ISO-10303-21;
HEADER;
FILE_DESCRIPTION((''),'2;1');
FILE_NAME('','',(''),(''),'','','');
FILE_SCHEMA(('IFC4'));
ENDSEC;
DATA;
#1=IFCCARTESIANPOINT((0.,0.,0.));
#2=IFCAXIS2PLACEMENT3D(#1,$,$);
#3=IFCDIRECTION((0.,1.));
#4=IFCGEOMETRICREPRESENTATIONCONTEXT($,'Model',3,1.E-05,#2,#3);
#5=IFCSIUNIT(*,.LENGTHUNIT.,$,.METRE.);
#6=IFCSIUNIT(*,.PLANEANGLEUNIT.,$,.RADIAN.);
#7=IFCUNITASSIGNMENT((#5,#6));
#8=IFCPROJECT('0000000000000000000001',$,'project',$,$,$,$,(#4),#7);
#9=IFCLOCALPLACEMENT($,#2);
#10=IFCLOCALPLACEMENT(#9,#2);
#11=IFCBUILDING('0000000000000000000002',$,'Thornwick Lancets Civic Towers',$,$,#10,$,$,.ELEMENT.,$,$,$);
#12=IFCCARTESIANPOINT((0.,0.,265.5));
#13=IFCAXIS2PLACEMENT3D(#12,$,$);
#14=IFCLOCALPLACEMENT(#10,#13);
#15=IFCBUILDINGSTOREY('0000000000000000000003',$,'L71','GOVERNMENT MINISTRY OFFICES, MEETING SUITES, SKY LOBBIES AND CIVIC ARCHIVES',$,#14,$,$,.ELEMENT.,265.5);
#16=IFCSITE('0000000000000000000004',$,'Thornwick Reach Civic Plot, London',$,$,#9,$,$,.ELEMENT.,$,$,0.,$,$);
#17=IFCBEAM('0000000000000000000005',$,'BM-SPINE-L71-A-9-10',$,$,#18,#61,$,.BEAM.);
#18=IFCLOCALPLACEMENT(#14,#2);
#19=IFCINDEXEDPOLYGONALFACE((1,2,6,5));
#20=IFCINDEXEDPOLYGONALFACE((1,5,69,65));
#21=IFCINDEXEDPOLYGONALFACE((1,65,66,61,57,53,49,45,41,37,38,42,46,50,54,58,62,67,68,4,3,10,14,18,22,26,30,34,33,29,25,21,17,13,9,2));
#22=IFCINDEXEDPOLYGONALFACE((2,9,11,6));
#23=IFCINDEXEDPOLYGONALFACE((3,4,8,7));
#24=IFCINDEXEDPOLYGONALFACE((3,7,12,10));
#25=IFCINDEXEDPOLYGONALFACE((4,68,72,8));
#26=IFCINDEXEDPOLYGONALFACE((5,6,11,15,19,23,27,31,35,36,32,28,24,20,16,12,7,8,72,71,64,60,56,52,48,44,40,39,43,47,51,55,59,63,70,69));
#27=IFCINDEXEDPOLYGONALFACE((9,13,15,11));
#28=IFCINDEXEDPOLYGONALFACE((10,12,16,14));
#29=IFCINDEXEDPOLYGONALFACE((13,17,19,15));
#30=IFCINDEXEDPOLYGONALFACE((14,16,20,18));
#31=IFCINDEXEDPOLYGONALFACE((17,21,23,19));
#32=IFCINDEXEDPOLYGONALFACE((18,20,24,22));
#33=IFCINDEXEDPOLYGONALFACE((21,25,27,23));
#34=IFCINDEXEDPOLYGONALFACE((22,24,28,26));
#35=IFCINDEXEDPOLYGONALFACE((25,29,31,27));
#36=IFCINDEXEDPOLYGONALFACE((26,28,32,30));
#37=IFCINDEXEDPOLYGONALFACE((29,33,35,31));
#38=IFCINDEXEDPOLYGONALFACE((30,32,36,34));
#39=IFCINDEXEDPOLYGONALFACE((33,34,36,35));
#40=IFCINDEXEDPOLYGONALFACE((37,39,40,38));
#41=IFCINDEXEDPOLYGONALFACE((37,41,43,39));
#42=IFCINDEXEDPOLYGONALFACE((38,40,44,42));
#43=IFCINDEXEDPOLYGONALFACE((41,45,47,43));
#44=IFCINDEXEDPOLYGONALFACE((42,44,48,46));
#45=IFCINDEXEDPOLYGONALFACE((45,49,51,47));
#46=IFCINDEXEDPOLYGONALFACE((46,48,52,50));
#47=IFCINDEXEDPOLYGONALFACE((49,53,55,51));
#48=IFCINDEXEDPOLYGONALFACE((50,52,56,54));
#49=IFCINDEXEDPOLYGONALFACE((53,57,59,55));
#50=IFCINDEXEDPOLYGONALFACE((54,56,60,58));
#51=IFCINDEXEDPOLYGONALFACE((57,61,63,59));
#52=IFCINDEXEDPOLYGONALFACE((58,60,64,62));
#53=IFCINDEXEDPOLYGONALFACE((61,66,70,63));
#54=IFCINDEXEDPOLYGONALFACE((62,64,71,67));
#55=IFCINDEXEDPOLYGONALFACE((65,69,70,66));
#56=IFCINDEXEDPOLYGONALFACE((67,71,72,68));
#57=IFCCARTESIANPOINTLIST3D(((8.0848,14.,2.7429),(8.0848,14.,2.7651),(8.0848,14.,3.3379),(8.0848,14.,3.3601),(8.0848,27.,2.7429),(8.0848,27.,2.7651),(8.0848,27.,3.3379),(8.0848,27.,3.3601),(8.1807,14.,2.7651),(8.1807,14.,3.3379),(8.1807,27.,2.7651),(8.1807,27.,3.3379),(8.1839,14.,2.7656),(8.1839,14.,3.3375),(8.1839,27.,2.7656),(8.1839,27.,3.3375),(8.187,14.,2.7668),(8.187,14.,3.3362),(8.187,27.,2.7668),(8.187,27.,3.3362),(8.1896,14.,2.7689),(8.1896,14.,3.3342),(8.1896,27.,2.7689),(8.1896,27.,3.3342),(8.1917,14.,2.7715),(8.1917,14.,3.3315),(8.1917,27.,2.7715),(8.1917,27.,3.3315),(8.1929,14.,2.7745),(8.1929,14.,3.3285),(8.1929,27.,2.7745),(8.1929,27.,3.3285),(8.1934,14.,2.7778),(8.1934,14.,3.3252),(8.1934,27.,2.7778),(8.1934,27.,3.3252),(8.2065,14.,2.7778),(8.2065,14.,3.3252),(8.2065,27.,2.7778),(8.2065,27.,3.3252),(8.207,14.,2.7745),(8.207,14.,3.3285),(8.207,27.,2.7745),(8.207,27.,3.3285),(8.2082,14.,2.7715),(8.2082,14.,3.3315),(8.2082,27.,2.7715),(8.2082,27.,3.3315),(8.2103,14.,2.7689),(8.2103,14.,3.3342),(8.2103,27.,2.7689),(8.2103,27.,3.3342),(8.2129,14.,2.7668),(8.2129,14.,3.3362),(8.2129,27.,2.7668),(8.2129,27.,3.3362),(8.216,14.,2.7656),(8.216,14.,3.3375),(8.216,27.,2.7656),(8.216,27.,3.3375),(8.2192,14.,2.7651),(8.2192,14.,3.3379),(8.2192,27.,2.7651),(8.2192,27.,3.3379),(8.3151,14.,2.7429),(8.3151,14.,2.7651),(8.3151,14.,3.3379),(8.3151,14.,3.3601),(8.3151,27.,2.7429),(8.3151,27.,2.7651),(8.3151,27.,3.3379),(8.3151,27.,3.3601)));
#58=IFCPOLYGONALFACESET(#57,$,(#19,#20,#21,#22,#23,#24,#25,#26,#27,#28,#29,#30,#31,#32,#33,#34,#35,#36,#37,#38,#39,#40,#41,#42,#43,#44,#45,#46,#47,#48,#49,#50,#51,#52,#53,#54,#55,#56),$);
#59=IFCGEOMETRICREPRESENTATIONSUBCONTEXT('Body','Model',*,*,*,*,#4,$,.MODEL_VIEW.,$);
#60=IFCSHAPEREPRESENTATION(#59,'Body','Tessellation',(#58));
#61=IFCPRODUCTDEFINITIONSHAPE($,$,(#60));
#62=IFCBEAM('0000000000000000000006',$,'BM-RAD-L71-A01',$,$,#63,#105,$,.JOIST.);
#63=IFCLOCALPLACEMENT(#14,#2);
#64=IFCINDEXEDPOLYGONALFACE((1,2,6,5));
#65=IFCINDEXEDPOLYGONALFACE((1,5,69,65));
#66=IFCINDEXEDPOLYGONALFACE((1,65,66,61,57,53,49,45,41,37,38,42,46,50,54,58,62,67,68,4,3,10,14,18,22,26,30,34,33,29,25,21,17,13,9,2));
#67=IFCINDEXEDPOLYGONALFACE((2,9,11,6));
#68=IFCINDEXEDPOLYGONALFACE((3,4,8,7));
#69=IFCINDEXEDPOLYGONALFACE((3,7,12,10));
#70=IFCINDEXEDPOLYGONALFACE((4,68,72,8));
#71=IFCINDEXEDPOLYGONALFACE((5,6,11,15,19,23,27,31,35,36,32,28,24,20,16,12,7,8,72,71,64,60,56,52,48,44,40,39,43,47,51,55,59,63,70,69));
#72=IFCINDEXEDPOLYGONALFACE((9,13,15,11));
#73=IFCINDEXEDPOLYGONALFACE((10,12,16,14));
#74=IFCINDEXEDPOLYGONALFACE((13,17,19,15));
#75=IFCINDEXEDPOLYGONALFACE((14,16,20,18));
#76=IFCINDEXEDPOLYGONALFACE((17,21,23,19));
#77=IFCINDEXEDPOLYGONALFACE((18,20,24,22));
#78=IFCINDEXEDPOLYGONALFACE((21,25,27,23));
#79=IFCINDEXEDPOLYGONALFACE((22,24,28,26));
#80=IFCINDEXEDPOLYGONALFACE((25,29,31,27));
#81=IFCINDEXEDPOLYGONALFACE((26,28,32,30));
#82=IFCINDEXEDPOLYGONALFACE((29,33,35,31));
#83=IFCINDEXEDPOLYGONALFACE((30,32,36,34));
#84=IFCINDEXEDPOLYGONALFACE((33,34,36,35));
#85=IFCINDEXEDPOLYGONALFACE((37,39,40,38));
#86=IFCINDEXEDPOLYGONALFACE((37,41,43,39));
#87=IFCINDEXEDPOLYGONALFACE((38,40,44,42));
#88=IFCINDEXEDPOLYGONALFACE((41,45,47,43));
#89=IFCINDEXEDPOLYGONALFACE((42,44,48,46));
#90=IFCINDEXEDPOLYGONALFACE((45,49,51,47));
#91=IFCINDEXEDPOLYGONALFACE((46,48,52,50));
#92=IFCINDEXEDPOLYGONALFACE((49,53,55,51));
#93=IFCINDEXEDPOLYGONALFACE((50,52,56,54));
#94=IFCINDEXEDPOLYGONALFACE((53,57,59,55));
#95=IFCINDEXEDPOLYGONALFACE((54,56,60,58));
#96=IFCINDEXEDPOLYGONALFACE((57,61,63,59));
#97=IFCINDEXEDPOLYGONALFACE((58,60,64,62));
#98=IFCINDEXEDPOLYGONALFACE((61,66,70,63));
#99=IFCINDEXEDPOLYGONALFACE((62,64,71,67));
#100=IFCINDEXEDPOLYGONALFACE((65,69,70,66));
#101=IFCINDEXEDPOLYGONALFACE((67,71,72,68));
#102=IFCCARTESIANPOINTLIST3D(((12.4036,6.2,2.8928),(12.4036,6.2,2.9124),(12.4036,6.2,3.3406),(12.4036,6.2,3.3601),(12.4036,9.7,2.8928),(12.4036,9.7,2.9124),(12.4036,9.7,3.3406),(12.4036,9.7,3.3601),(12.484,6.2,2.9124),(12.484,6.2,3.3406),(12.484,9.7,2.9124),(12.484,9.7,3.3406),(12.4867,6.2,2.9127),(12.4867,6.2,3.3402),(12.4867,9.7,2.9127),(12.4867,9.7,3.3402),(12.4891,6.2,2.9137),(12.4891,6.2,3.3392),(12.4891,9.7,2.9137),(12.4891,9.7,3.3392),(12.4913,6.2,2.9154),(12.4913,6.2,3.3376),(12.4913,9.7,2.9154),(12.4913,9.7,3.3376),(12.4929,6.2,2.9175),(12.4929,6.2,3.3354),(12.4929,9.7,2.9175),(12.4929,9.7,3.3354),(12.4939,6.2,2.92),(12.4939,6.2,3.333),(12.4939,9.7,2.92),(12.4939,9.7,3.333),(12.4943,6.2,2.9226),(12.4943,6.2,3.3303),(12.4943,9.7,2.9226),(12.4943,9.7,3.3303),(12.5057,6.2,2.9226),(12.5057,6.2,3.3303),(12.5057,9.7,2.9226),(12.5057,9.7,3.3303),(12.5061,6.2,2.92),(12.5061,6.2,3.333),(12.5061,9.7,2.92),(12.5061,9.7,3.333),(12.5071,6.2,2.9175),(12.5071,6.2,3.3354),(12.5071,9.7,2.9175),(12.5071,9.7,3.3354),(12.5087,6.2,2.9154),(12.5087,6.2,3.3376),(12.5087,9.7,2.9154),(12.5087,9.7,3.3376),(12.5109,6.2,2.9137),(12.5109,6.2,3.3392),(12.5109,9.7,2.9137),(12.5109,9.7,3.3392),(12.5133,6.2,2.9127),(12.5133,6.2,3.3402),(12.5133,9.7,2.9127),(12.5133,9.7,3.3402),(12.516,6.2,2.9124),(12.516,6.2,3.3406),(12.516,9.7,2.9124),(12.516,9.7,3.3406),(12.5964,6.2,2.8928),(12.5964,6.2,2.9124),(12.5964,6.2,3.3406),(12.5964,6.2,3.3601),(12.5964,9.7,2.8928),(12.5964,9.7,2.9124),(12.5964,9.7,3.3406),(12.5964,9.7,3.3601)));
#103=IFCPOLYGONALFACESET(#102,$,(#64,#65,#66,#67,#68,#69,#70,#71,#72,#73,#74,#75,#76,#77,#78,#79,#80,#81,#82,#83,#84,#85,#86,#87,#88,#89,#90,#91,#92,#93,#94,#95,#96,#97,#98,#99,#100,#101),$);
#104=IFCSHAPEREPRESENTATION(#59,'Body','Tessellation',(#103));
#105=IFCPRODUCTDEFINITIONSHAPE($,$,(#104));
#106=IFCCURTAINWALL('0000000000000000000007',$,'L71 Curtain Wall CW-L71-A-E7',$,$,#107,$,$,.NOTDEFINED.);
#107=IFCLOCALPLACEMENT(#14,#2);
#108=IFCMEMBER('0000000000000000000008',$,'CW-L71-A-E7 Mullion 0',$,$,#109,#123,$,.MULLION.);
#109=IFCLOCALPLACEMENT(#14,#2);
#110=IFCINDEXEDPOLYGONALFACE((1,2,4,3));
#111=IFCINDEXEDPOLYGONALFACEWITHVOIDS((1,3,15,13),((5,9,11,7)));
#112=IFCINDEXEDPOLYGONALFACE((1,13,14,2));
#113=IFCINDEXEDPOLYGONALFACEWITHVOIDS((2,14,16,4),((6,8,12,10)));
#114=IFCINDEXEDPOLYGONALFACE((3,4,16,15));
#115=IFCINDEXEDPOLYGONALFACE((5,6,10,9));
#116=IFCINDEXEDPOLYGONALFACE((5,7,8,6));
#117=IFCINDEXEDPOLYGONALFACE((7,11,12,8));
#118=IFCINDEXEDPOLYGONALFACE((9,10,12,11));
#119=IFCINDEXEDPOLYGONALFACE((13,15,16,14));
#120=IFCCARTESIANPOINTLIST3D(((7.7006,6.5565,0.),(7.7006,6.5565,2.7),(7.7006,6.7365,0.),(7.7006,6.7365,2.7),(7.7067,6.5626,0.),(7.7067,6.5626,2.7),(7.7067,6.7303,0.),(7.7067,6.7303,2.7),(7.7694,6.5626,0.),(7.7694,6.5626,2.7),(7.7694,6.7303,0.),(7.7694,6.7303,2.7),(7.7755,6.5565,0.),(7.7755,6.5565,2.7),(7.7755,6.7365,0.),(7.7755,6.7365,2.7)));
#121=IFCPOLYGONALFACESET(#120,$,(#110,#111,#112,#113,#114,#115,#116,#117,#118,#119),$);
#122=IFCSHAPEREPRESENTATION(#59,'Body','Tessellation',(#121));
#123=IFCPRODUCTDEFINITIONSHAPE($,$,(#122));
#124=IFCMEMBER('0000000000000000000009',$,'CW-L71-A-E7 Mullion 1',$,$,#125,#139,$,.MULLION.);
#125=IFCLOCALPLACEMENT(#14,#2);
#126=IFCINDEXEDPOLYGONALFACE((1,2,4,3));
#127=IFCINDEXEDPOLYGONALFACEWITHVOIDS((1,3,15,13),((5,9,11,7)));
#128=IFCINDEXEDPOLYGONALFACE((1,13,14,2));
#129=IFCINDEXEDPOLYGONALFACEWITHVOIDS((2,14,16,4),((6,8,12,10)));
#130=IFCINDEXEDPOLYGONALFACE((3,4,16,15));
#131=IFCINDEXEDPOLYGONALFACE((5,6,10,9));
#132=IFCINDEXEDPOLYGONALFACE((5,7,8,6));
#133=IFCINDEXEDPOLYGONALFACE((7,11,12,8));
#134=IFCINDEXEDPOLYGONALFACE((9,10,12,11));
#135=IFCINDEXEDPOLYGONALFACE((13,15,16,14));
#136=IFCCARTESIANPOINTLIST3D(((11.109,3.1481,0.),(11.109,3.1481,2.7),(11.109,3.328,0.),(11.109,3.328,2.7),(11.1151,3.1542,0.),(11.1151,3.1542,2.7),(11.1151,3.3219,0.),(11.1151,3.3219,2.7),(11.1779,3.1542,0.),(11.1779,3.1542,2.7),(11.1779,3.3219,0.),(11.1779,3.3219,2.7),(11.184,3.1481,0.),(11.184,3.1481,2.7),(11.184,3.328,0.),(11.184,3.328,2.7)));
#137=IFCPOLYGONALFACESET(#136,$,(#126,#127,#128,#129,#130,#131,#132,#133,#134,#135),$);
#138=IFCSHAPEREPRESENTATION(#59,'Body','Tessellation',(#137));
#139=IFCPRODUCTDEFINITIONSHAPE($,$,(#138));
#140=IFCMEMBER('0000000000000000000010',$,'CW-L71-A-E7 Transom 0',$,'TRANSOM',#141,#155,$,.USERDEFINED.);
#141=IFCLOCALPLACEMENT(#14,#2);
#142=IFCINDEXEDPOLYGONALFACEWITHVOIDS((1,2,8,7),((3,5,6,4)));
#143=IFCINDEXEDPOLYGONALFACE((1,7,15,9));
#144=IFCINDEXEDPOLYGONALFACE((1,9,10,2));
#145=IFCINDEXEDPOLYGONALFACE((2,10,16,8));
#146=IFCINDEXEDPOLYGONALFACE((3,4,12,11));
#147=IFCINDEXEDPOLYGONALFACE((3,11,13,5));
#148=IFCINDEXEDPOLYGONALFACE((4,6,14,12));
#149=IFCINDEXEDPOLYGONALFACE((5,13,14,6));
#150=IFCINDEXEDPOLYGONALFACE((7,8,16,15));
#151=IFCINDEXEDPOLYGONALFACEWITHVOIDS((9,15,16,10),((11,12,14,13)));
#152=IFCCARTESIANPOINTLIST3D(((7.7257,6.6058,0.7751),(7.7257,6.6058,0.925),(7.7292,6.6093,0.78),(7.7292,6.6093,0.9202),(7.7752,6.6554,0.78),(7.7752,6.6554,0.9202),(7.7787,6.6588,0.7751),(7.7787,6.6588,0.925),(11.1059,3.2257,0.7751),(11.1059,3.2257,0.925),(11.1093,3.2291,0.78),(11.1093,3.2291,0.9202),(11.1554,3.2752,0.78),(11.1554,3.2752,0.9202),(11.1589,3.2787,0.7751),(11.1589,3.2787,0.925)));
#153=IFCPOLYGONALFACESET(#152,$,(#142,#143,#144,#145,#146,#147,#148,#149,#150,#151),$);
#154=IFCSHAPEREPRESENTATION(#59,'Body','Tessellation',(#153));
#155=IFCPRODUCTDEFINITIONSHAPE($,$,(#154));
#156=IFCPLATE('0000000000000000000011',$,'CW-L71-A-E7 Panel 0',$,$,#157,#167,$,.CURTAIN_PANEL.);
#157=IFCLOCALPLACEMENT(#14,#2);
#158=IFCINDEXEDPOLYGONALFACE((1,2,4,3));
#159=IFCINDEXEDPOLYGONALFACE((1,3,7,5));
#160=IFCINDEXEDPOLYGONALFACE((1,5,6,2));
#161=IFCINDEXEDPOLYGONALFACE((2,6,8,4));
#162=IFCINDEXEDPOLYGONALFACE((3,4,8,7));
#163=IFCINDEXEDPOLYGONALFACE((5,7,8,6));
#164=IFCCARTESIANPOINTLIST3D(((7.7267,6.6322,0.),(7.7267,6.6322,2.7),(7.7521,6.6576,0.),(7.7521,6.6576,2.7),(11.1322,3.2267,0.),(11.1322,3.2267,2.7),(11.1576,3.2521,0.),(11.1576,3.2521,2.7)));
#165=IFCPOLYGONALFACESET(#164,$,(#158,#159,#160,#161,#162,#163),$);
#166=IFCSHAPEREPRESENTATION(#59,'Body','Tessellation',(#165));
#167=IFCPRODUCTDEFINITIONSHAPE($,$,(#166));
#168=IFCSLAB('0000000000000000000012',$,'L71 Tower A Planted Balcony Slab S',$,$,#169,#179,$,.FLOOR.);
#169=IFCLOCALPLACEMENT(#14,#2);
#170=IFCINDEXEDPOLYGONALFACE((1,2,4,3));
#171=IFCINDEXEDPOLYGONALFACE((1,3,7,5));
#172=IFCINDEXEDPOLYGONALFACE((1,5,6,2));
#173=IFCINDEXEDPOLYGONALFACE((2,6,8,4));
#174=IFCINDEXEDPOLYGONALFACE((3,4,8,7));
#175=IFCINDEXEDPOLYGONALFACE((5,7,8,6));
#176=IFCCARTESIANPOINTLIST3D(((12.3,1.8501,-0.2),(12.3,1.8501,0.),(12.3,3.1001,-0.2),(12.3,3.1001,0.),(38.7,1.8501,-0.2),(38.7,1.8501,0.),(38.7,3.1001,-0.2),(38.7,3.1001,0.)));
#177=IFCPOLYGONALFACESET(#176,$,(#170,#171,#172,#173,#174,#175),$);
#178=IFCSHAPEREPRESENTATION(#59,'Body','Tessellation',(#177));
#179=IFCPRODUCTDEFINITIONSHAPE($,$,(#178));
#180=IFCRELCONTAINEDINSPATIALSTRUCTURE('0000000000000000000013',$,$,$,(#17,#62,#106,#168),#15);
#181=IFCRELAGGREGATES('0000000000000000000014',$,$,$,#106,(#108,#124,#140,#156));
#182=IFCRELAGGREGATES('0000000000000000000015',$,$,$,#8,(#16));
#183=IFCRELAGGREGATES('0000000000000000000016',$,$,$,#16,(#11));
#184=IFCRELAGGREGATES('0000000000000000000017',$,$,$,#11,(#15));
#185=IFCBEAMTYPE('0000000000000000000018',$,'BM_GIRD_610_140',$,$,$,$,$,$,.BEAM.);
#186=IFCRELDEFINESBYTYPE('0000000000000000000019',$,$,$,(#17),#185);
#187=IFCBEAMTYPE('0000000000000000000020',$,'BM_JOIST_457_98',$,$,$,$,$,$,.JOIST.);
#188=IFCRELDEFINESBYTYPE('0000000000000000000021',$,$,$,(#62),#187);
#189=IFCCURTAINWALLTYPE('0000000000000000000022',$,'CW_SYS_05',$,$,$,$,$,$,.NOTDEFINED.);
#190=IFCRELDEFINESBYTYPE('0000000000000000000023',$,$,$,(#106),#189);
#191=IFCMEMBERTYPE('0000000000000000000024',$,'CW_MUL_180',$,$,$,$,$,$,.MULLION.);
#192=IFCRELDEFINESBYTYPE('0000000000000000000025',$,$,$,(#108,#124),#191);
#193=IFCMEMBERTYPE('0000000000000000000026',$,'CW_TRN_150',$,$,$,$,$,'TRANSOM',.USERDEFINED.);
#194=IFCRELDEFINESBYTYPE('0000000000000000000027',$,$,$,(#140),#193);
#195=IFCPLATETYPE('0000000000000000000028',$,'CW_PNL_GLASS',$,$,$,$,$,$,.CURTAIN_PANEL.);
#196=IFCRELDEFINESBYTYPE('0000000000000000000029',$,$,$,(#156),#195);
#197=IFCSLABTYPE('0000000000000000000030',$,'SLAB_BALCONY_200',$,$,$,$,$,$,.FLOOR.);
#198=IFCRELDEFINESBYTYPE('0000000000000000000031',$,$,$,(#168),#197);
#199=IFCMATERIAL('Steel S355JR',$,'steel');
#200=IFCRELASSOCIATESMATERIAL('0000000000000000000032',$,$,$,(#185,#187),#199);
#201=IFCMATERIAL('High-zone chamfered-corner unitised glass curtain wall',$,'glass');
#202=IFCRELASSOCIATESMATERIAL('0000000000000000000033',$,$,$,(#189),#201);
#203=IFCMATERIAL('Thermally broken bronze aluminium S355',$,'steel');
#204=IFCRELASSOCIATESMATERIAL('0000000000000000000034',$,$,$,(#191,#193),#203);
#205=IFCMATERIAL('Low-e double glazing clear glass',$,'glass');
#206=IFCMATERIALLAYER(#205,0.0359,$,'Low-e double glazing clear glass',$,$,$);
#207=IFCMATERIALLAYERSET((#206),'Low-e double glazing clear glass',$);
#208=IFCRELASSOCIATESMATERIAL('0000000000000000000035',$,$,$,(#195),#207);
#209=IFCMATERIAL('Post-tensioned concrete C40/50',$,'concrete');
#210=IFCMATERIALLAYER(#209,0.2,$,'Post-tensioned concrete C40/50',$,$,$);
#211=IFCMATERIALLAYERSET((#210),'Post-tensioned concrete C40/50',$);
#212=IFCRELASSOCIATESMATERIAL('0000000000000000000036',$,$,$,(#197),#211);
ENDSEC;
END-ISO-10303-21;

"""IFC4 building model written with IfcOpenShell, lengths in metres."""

from ifc_helpers import new_model, si_unit, direction, frame, origin, origin_2d, place, context, subcontext, project, spatial, polyline, rectangle, hollow_rectangle, i_section, outline, extrude, material, layer, layer_set, material_profile, profile_set, type_object, element, aggregate, save


model = new_model("IFC4")

# Units and contexts
model_context = context("Model", 3, precision=1e-05, world=origin(), true_north=direction((0.0, 1.0)))
body_context = subcontext(model_context, "Body", "Model", "MODEL_VIEW")
ifc_project = project(units=[si_unit("LENGTHUNIT", "METRE"), si_unit("PLANEANGLEUNIT", "RADIAN")], contexts=[model_context])

# Site, building, storey
site_placement = place(None, origin())
site = spatial("IfcSite", under=ifc_project, at=site_placement, Name="Thornwick Reach Civic Plot, London", CompositionType="ELEMENT", RefElevation=0.0)
building_placement = place(site_placement, origin())
building = spatial("IfcBuilding", under=site, at=building_placement, Name="Thornwick Lancets Civic Towers", CompositionType="ELEMENT")
storey_placement = place(building_placement, frame((0.0, 0.0, 265.5)))
storey = spatial("IfcBuildingStorey", under=building, at=storey_placement, Name="L71", Description="GOVERNMENT MINISTRY OFFICES, MEETING SUITES, SKY LOBBIES AND CIVIC ARCHIVES", CompositionType="ELEMENT", Elevation=265.5)

# Shared definitions
ifc_material_1 = material(Name="Steel S355JR", Category="steel")

# Beams
ifc_material_profile_1 = material_profile(ifc_material_1, i_section(OverallWidth=0.2302, OverallDepth=0.6172, WebThickness=0.0132, FlangeThickness=0.0222, FilletRadius=0.0127, at=origin_2d()), Name="UKB 610x229x140")
ifc_profile_set_1 = profile_set([ifc_material_profile_1], Name="Steel S355JR")
beam_type_1 = type_object("IfcBeamType", Name="BM_GIRD_610_140", PredefinedType="BEAM", material=ifc_profile_set_1)
for number, where, z_axis, x_axis, name in (
    (1, (8.2, 14.0, 3.0515), (0.0, 1.0, 0.0), (-1.0, 0.0, 0.0), "BM-SPINE-L71-A-9-10"),
):
    element("IfcBeam", number, at=place(storey_placement, frame(where, z_axis=z_axis, x_axis=x_axis)), inside=storey, type_object=beam_type_1, Name=name, PredefinedType="BEAM", context=body_context, shape_type="SweptSolid", body=[
        extrude(i_section(OverallWidth=0.2302, OverallDepth=0.6172, WebThickness=0.0132, FlangeThickness=0.0222, FilletRadius=0.0127, at=origin_2d()), origin(), (0.0, 0.0, 1.0), 13.0),
    ])
ifc_material_profile_2 = material_profile(ifc_material_1, i_section(OverallWidth=0.1929, OverallDepth=0.4673, WebThickness=0.0115, FlangeThickness=0.0195, FilletRadius=0.0103, at=origin_2d()), Name="UKB 457x191x98")
ifc_profile_set_2 = profile_set([ifc_material_profile_2], Name="Steel S355JR")
beam_type_2 = type_object("IfcBeamType", Name="BM_JOIST_457_98", PredefinedType="JOIST", material=ifc_profile_set_2)
beam_1_placement = place(storey_placement, frame((12.5, 9.7, 3.1265), z_axis=(0.0, -1.0, 0.0), x_axis=(1.0, 0.0, 0.0)))
element("IfcBeam", 2, at=beam_1_placement, inside=storey, type_object=beam_type_2, Name="BM-RAD-L71-A01", PredefinedType="JOIST", context=body_context, shape_type="SweptSolid", body=[
    extrude(i_section(OverallWidth=0.1929, OverallDepth=0.4673, WebThickness=0.0115, FlangeThickness=0.0195, FilletRadius=0.0103, at=origin_2d()), origin(), (0.0, 0.0, 1.0), 3.5),
])

# Curtain wall, members, plate
ifc_material_2 = material(Name="High-zone chamfered-corner unitised glass curtain wall", Category="glass")
curtain_wall_type = type_object("IfcCurtainWallType", Name="CW_SYS_05", PredefinedType="NOTDEFINED", material=ifc_material_2)
curtain_wall_placement = place(storey_placement, origin())
curtain_wall = element("IfcCurtainWall", 3, at=curtain_wall_placement, inside=storey, type_object=curtain_wall_type, Name="L71 Curtain Wall CW-L71-A-E7", PredefinedType="NOTDEFINED")
ifc_material_3 = material(Name="Thermally broken bronze aluminium S355", Category="steel")
ifc_material_profile_3 = material_profile(ifc_material_3, hollow_rectangle(XDim=0.075, YDim=0.1799, WallThickness=0.0061, at=origin_2d()), Name="RHS 180x75x6")
ifc_profile_set_3 = profile_set([ifc_material_profile_3], Name="Thermally broken bronze aluminium S355")
member_type_1 = type_object("IfcMemberType", Name="CW_MUL_180", PredefinedType="MULLION", material=ifc_profile_set_3)
member_1_placement = place(storey_placement, frame((7.738, 6.6465, 0.0), z_axis=(0.0, 0.0, 1.0), x_axis=(1.0, 0.0, 0.0)))
member_1 = element("IfcMember", 4, at=member_1_placement, type_object=member_type_1, Name="CW-L71-A-E7 Mullion 0", PredefinedType="MULLION", context=body_context, shape_type="SweptSolid", body=[
    extrude(hollow_rectangle(XDim=0.075, YDim=0.1799, WallThickness=0.0061, at=origin_2d()), origin(), (0.0, 0.0, 1.0), 2.7),
])
member_2_placement = place(storey_placement, frame((11.1465, 3.238, 0.0), z_axis=(0.0, 0.0, 1.0), x_axis=(1.0, 0.0, 0.0)))
member_2 = element("IfcMember", 5, at=member_2_placement, type_object=member_type_1, Name="CW-L71-A-E7 Mullion 1", PredefinedType="MULLION", context=body_context, shape_type="SweptSolid", body=[
    extrude(hollow_rectangle(XDim=0.075, YDim=0.1799, WallThickness=0.0061, at=origin_2d()), origin(), (0.0, 0.0, 1.0), 2.7),
])
ifc_material_profile_4 = material_profile(ifc_material_3, hollow_rectangle(XDim=0.075, YDim=0.1499, WallThickness=0.0049, at=origin_2d()), Name="RHS 150x75x5")
ifc_profile_set_4 = profile_set([ifc_material_profile_4], Name="Thermally broken bronze aluminium S355")
member_type_2 = type_object("IfcMemberType", Name="CW_TRN_150", ElementType="TRANSOM", PredefinedType="USERDEFINED", material=ifc_profile_set_4)
member_3_placement = place(storey_placement, frame((7.7522, 6.6323, 0.8501), z_axis=(0.707107, -0.707107, 0.0), x_axis=(0.707107, 0.707107, 0.0)))
member_3 = element("IfcMember", 6, at=member_3_placement, type_object=member_type_2, Name="CW-L71-A-E7 Transom 0", ObjectType="TRANSOM", PredefinedType="USERDEFINED", context=body_context, shape_type="SweptSolid", body=[
    extrude(hollow_rectangle(XDim=0.075, YDim=0.1499, WallThickness=0.0049, at=origin_2d()), origin(), (0.0, 0.0, 1.0), 4.7803),
])
ifc_material_4 = material(Name="Low-e double glazing clear glass", Category="glass")
ifc_layer_1 = layer(ifc_material_4, 0.0359, Name="Low-e double glazing clear glass")
ifc_layer_set_1 = layer_set([ifc_layer_1], Name="Low-e double glazing clear glass")
plate_type = type_object("IfcPlateType", Name="CW_PNL_GLASS", PredefinedType="CURTAIN_PANEL", material=ifc_layer_set_1)
plate_placement = place(storey_placement, frame((9.4421, 4.9421, 0.0), z_axis=(0.0, 0.0, 1.0), x_axis=(0.707107, -0.707107, 0.0)))
plate = element("IfcPlate", 7, at=plate_placement, type_object=plate_type, Name="CW-L71-A-E7 Panel 0", PredefinedType="CURTAIN_PANEL", context=body_context, shape_type="SweptSolid", body=[
    extrude(rectangle(XDim=4.8162, YDim=0.0359, at=origin_2d()), origin(), (0.0, 0.0, 1.0), 2.7),
])
aggregate(curtain_wall, [member_1, member_2, member_3, plate])

# Slab
ifc_material_5 = material(Name="Post-tensioned concrete C40/50", Category="concrete")
ifc_layer_2 = layer(ifc_material_5, 0.2, Name="Post-tensioned concrete C40/50")
ifc_layer_set_2 = layer_set([ifc_layer_2], Name="Post-tensioned concrete C40/50")
slab_type_1 = type_object("IfcSlabType", Name="SLAB_BALCONY_200", PredefinedType="FLOOR", material=ifc_layer_set_2)
slab_1_placement = place(storey_placement, frame((0.0, 0.0, -0.2)))
element("IfcSlab", 8, at=slab_1_placement, inside=storey, type_object=slab_type_1, Name="L71 Tower A Planted Balcony Slab S", PredefinedType="FLOOR", context=body_context, shape_type="SweptSolid", body=[
    extrude(outline(polyline([(12.3, 1.8501), (38.7, 1.8501), (38.7, 3.1001), (12.3, 3.1001), (12.3, 1.8501)])), origin(), (0.0, 0.0, 1.0), 0.2),
])

save(model, "model.ifc")
